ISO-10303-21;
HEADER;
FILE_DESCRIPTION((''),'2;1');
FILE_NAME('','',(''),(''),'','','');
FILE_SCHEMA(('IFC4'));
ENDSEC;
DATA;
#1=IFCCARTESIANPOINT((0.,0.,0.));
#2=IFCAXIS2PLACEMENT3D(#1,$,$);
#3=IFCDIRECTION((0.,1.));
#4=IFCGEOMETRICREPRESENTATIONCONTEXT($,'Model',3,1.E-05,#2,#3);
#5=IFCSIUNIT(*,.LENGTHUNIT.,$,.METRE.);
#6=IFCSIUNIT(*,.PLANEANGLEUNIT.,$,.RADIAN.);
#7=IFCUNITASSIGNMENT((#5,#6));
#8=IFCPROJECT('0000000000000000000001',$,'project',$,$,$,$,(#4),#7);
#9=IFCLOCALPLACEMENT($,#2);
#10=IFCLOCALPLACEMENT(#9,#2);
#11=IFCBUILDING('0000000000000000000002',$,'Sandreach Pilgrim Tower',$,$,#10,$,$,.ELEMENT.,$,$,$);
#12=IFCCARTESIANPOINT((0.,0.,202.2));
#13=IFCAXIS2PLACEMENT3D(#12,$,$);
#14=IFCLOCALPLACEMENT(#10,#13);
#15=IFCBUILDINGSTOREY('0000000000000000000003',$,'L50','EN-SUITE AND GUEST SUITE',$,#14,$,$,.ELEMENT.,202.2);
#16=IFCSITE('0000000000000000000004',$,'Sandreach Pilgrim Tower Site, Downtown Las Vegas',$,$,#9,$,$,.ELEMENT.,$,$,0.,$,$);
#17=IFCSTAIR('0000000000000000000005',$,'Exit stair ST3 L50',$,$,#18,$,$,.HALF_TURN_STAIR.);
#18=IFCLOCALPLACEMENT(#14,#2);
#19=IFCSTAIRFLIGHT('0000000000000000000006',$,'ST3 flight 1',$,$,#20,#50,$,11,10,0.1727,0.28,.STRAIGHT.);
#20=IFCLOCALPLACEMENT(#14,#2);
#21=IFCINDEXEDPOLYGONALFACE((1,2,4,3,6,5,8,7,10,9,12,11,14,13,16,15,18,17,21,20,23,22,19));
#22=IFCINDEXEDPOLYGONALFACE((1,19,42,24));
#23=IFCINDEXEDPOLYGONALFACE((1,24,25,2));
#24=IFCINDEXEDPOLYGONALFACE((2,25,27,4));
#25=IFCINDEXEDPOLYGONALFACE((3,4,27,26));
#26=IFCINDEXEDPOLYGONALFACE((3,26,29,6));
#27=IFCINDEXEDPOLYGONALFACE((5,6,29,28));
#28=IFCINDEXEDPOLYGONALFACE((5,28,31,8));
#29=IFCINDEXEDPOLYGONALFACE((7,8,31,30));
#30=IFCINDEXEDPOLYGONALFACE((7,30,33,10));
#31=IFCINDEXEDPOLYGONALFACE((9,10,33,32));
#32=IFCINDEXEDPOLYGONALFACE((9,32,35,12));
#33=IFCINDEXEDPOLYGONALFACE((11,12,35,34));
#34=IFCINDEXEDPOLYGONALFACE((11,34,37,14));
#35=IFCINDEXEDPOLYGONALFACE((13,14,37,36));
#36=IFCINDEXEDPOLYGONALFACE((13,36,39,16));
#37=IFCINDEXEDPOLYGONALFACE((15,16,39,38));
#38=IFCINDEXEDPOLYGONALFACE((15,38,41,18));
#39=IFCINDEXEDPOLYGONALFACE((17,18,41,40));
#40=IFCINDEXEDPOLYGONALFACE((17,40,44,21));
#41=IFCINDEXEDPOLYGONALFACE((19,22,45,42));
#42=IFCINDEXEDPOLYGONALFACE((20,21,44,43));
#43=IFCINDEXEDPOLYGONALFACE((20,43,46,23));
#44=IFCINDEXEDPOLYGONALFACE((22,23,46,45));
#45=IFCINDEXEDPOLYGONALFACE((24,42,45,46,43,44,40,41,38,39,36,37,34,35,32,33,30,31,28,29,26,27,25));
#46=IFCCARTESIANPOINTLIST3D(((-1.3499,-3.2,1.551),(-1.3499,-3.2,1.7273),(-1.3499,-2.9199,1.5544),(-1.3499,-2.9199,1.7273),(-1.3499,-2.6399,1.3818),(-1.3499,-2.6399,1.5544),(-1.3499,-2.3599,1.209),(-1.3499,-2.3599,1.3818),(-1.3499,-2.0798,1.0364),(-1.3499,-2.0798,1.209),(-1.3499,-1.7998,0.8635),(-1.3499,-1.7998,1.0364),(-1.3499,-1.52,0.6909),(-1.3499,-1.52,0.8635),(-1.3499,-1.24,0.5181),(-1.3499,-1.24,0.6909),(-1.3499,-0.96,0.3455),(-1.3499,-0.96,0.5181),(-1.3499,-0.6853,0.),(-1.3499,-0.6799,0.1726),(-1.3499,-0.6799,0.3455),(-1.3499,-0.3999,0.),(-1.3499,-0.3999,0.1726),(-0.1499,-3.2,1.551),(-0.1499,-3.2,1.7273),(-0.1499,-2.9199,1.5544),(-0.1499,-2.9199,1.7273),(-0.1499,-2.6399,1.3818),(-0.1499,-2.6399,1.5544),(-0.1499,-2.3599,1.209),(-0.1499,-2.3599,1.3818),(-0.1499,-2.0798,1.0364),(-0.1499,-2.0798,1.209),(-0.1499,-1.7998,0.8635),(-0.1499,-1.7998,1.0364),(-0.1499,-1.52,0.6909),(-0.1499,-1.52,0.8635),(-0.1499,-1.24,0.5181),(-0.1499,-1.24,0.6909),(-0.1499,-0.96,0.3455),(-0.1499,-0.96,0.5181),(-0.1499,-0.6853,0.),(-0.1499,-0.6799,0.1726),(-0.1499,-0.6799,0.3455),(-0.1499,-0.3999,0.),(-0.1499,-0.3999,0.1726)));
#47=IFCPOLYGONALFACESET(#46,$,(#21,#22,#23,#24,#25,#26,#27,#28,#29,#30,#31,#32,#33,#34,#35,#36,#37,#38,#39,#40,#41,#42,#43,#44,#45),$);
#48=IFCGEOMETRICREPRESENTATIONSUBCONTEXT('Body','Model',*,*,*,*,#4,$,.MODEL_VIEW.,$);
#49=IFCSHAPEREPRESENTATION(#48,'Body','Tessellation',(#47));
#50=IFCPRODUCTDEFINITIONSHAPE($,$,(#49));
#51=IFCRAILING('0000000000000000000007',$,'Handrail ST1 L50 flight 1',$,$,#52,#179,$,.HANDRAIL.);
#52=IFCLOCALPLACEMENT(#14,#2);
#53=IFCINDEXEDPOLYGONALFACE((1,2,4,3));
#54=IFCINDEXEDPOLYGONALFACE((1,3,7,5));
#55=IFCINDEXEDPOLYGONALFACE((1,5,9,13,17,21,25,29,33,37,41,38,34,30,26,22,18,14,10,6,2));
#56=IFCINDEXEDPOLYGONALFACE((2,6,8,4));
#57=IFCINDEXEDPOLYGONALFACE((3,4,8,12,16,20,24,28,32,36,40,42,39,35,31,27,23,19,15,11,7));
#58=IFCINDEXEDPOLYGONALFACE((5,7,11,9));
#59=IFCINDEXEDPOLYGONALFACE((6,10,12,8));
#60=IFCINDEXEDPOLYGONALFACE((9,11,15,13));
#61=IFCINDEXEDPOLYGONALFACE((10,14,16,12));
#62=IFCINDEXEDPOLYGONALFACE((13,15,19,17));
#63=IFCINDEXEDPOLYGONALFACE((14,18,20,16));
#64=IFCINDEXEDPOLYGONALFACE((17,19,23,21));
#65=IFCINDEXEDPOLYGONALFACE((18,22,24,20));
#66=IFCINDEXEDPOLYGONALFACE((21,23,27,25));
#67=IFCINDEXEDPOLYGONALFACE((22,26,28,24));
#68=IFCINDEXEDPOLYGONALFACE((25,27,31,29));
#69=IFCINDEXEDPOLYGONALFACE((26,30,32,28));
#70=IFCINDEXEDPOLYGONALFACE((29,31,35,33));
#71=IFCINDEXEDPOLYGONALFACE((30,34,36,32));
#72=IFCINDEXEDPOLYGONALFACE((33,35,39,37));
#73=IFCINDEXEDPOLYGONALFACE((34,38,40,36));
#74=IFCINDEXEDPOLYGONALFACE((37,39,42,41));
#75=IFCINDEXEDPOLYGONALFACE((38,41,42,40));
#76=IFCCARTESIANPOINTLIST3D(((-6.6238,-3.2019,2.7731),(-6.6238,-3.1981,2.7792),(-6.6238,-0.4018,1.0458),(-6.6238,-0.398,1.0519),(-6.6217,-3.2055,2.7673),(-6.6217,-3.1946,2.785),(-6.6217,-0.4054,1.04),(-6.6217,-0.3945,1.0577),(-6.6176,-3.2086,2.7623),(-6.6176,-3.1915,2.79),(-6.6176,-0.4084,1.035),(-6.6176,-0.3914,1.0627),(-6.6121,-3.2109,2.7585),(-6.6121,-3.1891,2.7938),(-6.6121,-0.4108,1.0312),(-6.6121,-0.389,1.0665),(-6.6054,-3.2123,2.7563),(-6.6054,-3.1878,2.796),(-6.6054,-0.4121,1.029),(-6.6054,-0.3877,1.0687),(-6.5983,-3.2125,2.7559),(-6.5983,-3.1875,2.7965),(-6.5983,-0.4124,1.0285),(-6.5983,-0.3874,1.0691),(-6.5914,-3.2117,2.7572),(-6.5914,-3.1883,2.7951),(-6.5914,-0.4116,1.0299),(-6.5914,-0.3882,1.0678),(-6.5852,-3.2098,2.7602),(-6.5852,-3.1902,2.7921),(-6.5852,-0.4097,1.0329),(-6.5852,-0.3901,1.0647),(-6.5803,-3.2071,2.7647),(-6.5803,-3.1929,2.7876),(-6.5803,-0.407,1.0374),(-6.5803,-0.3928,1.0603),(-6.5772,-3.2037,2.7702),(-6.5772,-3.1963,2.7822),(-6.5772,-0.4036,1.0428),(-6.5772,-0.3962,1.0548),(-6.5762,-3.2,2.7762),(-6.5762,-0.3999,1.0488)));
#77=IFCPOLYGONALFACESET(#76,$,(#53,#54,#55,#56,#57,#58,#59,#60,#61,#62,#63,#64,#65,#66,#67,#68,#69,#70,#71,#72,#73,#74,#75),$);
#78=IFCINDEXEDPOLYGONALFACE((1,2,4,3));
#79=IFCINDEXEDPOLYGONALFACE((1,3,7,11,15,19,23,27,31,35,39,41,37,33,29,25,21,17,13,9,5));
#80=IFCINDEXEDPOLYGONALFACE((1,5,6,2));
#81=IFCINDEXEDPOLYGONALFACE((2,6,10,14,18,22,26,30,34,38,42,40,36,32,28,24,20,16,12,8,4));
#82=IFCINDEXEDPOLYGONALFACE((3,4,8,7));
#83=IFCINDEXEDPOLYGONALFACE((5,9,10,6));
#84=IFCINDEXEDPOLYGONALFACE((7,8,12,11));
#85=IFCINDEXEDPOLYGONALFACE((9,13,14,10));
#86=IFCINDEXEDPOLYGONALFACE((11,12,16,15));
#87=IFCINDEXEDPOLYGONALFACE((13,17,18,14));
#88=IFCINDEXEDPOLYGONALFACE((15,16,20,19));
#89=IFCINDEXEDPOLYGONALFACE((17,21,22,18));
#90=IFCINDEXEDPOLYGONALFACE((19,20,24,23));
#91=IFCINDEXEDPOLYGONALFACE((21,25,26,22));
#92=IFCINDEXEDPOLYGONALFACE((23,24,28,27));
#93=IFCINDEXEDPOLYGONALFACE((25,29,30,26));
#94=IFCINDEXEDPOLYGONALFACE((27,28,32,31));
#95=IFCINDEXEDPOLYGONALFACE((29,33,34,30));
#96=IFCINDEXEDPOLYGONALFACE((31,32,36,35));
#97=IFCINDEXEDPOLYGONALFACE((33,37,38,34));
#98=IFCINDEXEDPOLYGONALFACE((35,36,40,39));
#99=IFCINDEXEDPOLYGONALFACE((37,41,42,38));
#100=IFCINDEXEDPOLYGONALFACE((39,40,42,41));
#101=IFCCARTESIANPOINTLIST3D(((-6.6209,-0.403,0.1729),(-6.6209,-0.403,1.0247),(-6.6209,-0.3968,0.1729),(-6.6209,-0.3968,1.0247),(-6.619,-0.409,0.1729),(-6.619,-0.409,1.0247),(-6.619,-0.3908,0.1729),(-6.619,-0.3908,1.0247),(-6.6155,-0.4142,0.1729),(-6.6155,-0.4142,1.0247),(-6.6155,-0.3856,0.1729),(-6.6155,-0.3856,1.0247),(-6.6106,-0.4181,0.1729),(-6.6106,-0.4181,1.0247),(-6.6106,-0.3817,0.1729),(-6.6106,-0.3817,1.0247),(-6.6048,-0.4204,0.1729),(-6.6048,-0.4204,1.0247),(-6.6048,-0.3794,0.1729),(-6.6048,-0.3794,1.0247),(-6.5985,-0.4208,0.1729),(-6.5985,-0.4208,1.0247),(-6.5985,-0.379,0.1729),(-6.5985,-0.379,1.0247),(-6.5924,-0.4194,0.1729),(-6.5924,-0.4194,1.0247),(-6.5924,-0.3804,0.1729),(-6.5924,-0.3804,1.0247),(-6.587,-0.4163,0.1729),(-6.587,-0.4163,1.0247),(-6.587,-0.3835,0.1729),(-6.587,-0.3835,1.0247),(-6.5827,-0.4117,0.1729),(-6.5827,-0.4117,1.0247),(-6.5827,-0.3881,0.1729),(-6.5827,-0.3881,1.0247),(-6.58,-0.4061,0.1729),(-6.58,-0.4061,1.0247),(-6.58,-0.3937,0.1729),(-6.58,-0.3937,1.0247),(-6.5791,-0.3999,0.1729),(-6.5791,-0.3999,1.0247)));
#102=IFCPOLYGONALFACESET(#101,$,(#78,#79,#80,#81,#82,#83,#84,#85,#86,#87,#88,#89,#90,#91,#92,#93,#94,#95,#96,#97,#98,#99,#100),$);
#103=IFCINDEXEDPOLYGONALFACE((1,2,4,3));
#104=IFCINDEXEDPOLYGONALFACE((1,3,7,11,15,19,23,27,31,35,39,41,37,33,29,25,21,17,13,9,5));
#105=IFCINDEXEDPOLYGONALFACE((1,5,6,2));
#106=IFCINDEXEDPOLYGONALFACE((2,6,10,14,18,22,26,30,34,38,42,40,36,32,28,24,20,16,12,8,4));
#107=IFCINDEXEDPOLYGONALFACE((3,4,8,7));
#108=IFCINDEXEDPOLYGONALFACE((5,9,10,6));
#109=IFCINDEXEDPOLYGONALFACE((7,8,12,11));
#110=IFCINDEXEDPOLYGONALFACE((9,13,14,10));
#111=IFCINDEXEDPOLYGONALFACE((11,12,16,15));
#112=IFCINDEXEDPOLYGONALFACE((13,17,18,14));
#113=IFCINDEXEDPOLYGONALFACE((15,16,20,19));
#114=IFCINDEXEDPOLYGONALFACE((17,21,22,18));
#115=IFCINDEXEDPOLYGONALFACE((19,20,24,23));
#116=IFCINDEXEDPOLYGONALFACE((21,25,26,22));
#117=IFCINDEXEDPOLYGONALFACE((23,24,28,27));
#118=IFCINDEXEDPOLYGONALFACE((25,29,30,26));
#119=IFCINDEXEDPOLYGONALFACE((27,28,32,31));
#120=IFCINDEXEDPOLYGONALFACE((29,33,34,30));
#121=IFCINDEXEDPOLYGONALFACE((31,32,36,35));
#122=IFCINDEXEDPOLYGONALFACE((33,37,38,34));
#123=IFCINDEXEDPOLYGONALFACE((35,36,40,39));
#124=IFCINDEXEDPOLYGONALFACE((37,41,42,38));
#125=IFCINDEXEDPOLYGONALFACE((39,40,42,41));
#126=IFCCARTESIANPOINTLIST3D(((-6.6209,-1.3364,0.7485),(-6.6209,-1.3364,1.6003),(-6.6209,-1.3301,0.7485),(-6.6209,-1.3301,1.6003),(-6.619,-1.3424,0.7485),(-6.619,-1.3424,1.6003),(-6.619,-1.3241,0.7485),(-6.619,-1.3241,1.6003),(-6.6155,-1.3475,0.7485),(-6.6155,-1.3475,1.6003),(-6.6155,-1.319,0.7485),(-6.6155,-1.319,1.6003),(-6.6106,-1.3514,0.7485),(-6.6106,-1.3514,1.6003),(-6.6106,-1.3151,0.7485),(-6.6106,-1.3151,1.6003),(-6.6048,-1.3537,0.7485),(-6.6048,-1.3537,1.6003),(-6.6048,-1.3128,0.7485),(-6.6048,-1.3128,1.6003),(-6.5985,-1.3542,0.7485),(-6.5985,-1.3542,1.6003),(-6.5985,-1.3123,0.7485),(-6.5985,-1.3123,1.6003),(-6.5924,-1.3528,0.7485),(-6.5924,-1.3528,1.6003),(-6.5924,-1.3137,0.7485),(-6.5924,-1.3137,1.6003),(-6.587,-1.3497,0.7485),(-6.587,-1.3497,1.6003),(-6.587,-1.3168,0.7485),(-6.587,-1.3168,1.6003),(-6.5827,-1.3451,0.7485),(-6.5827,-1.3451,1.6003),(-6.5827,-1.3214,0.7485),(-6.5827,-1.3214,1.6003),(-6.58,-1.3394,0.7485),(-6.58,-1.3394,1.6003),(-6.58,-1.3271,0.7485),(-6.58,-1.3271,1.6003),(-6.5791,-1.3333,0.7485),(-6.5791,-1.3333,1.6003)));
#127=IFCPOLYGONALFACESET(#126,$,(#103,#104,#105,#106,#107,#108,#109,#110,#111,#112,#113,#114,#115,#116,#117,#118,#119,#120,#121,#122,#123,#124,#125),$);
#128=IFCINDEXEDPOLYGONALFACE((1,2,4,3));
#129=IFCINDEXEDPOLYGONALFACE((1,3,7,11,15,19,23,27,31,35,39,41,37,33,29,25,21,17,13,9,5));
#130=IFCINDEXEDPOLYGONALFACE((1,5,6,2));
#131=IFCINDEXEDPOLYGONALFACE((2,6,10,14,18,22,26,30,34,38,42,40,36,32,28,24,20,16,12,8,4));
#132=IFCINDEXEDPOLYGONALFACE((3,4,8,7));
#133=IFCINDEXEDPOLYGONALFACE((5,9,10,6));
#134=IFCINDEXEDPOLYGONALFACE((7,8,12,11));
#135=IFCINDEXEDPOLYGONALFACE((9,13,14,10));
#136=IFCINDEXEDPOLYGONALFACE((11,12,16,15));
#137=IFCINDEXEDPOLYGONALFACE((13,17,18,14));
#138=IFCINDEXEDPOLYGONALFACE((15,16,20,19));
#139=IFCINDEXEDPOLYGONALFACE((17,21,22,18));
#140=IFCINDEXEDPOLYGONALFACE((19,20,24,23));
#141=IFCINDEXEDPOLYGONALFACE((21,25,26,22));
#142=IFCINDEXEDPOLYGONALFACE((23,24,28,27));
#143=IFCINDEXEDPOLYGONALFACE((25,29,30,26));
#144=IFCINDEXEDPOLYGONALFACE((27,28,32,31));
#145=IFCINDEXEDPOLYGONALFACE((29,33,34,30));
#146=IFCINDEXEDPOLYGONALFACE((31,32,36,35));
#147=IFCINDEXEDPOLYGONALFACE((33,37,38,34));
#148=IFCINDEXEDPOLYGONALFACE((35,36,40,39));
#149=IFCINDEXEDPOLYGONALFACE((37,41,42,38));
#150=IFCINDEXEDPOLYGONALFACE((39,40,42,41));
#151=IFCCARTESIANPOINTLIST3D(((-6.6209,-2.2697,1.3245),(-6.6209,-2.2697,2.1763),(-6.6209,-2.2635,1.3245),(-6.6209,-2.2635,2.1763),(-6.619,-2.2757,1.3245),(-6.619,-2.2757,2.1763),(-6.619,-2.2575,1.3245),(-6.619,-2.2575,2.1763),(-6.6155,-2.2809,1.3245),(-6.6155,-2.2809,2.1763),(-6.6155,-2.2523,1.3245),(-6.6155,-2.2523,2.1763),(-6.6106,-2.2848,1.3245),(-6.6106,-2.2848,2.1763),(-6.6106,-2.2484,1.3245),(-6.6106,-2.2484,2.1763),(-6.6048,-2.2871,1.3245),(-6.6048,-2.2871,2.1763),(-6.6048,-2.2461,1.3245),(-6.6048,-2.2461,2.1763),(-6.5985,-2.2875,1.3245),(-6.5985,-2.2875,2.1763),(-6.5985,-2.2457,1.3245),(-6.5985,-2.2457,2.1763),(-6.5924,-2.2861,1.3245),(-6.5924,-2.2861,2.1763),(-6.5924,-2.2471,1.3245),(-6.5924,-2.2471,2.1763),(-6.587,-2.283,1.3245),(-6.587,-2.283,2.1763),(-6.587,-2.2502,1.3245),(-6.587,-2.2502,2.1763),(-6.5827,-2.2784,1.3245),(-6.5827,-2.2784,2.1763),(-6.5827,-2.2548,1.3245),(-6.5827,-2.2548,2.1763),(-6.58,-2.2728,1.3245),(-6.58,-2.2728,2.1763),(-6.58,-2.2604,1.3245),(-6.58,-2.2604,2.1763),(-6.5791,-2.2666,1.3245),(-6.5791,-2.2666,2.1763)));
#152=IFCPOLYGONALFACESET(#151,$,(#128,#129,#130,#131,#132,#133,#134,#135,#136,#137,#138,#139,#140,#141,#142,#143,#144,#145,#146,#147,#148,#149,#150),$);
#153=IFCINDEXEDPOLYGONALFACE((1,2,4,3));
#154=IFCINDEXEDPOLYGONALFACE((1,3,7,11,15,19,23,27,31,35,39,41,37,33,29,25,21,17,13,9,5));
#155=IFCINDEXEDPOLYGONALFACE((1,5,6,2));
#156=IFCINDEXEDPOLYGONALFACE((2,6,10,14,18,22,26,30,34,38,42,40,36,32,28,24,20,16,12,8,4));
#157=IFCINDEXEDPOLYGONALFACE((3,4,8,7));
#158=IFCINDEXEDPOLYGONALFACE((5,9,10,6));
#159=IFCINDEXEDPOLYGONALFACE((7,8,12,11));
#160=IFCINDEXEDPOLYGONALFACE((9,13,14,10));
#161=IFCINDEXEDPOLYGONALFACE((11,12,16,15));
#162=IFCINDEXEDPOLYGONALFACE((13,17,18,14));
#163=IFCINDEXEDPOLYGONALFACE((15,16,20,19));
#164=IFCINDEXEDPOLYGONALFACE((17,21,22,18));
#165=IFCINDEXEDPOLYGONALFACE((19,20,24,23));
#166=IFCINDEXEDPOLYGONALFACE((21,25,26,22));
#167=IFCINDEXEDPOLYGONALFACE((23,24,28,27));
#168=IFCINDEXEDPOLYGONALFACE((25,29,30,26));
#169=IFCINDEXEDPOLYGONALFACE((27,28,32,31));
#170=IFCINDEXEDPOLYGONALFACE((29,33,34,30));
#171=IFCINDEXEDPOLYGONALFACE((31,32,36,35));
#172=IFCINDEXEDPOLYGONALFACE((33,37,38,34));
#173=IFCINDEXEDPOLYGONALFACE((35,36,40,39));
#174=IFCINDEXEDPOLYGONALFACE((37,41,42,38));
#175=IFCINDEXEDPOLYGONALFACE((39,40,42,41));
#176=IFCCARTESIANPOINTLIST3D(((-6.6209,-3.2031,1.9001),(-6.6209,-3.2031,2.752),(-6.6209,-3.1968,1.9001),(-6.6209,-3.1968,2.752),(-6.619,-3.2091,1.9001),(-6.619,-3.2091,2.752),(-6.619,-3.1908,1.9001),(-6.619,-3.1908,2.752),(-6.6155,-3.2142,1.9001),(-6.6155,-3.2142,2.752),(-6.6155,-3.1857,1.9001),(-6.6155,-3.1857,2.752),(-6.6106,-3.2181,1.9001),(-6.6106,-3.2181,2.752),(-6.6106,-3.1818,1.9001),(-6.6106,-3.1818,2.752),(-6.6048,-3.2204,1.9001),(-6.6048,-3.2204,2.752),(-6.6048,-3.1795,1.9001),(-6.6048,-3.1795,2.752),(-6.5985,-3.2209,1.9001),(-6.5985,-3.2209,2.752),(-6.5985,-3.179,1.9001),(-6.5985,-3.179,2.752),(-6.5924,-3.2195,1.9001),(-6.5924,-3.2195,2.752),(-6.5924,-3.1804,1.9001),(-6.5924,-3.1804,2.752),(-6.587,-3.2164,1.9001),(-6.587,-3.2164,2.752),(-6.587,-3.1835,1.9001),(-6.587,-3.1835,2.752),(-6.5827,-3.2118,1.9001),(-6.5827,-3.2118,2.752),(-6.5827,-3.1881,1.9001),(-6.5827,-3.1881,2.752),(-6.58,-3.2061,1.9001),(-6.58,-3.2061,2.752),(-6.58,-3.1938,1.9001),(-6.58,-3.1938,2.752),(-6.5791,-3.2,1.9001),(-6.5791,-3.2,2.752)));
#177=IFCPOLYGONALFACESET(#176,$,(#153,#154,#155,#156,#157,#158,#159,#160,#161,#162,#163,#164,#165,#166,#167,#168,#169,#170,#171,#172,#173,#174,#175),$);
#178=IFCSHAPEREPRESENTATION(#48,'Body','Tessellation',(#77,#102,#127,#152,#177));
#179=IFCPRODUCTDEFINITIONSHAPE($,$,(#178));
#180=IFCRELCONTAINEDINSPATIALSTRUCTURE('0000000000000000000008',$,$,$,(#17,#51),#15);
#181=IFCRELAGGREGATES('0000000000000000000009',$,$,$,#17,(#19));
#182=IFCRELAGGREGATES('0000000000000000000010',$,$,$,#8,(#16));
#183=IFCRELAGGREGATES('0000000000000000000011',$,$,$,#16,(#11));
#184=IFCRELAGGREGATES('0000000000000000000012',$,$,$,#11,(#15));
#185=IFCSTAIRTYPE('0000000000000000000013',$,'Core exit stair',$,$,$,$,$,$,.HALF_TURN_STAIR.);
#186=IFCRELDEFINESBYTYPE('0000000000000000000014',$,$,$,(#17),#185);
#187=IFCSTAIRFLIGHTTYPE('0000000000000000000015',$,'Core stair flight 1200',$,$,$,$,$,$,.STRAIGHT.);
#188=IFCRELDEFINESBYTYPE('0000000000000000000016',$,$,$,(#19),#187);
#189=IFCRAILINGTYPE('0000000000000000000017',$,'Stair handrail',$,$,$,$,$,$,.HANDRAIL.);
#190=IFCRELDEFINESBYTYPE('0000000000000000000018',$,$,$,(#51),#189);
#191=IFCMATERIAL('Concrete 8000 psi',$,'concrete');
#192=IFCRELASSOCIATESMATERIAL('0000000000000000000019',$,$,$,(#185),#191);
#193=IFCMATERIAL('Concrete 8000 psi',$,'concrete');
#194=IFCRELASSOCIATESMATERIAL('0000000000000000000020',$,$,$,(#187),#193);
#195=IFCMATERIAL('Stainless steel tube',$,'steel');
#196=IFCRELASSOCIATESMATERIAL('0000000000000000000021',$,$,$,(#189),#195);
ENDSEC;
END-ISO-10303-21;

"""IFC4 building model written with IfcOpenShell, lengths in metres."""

from ifc_helpers import new_model, si_unit, direction, frame, origin, origin_2d, place, context, subcontext, project, spatial, polyline, circle, outline, extrude, material, type_object, element, aggregate, save


model = new_model("IFC4")

# Units and contexts
model_context = context("Model", 3, precision=1e-05, world=origin(), true_north=direction((0.0, 1.0)))
body_context = subcontext(model_context, "Body", "Model", "MODEL_VIEW")
ifc_project = project(units=[si_unit("LENGTHUNIT", "METRE"), si_unit("PLANEANGLEUNIT", "RADIAN")], contexts=[model_context])

# Site, building, storey
site_placement = place(None, origin())
site = spatial("IfcSite", under=ifc_project, at=site_placement, Name="Sandreach Pilgrim Tower Site, Downtown Las Vegas", CompositionType="ELEMENT", RefElevation=0.0)
building_placement = place(site_placement, origin())
building = spatial("IfcBuilding", under=site, at=building_placement, Name="Sandreach Pilgrim Tower", CompositionType="ELEMENT")
storey_placement = place(building_placement, frame((0.0, 0.0, 202.2)))
storey = spatial("IfcBuildingStorey", under=building, at=storey_placement, Name="L50", Description="EN-SUITE AND GUEST SUITE", CompositionType="ELEMENT", Elevation=202.2)

# Shared definitions
ifc_material_1 = material(Name="Concrete 8000 psi", Category="concrete")
stair_type = type_object("IfcStairType", Name="Core exit stair", PredefinedType="HALF_TURN_STAIR", material=ifc_material_1)
ifc_material_2 = material(Name="Concrete 8000 psi", Category="concrete")
stair_flight_type = type_object("IfcStairFlightType", Name="Core stair flight 1200", PredefinedType="STRAIGHT", material=ifc_material_2)

# Stair, stair flight
stair_1_placement = place(storey_placement, origin())
stair_1 = element("IfcStair", 1, at=stair_1_placement, inside=storey, type_object=stair_type, Name="Exit stair ST3 L50", PredefinedType="HALF_TURN_STAIR")
stair_flight_1_placement = place(storey_placement, frame((-0.75, -0.3999, 0.0), z_axis=(0.0, 0.0, 1.0), x_axis=(0.0, -1.0, 0.0)))
stair_flight_1 = element("IfcStairFlight", 2, at=stair_flight_1_placement, type_object=stair_flight_type, Name="ST3 flight 1", NumberOfRisers=11, NumberOfTreads=10, PredefinedType="STRAIGHT", RiserHeight=0.1727, TreadLength=0.28, context=body_context, shape_type="SweptSolid", body=[
    extrude(outline(polyline([(0.0, 0.0), (0.0, 0.1726), (0.28, 0.1726), (0.28, 0.3455), (0.5601, 0.3455), (0.5601, 0.5181), (0.8401, 0.5181), (0.8401, 0.6909), (1.1201, 0.6909), (1.1201, 0.8635), (1.3999, 0.8635), (1.3999, 1.0364), (1.6799, 1.0364), (1.6799, 1.209), (1.96, 1.209), (1.96, 1.3818), (2.24, 1.3818), (2.24, 1.5544), (2.52, 1.5544), (2.52, 1.7273), (2.8, 1.7273), (2.8, 1.8999), (2.8, 1.551), (0.2854, 0.0), (0.0, 0.0)])), frame((0.0, 0.6001, 0.0), z_axis=(0.0, -1.0, 0.0), x_axis=(1.0, 0.0, 0.0)), (0.0, 0.0, 1.0), 1.2),
])
aggregate(stair_1, [stair_flight_1])

# Railing
ifc_material_3 = material(Name="Stainless steel tube", Category="steel")
railing_type = type_object("IfcRailingType", Name="Stair handrail", PredefinedType="HANDRAIL", material=ifc_material_3)
for number, where, name in (
    (3, (-6.6001, -0.3999, 0.1729), "Handrail ST1 L50 flight 1"),
):
    element("IfcRailing", number, at=place(storey_placement, frame(where)), inside=storey, type_object=railing_type, Name=name, PredefinedType="HANDRAIL", context=body_context, shape_type="SweptSolid", body=[
        extrude(circle(Radius=0.0239, at=origin_2d()), frame((0.0, 0.0, 0.876), z_axis=(0.0, -0.85109, 0.52502), x_axis=(1.0, 0.0, 0.0)), (0.0, 0.0, 1.0), 3.29),
        extrude(circle(Radius=0.021, at=origin_2d()), origin(), (0.0, 0.0, 1.0), 0.8518),
        extrude(circle(Radius=0.021, at=origin_2d()), frame((0.0, -0.9333, 0.5757)), (0.0, 0.0, 1.0), 0.8518),
        extrude(circle(Radius=0.021, at=origin_2d()), frame((0.0, -1.8667, 1.1516)), (0.0, 0.0, 1.0), 0.8518),
        extrude(circle(Radius=0.021, at=origin_2d()), frame((0.0, -2.8, 1.7273)), (0.0, 0.0, 1.0), 0.8518),
    ])

save(model, "model.ifc")
